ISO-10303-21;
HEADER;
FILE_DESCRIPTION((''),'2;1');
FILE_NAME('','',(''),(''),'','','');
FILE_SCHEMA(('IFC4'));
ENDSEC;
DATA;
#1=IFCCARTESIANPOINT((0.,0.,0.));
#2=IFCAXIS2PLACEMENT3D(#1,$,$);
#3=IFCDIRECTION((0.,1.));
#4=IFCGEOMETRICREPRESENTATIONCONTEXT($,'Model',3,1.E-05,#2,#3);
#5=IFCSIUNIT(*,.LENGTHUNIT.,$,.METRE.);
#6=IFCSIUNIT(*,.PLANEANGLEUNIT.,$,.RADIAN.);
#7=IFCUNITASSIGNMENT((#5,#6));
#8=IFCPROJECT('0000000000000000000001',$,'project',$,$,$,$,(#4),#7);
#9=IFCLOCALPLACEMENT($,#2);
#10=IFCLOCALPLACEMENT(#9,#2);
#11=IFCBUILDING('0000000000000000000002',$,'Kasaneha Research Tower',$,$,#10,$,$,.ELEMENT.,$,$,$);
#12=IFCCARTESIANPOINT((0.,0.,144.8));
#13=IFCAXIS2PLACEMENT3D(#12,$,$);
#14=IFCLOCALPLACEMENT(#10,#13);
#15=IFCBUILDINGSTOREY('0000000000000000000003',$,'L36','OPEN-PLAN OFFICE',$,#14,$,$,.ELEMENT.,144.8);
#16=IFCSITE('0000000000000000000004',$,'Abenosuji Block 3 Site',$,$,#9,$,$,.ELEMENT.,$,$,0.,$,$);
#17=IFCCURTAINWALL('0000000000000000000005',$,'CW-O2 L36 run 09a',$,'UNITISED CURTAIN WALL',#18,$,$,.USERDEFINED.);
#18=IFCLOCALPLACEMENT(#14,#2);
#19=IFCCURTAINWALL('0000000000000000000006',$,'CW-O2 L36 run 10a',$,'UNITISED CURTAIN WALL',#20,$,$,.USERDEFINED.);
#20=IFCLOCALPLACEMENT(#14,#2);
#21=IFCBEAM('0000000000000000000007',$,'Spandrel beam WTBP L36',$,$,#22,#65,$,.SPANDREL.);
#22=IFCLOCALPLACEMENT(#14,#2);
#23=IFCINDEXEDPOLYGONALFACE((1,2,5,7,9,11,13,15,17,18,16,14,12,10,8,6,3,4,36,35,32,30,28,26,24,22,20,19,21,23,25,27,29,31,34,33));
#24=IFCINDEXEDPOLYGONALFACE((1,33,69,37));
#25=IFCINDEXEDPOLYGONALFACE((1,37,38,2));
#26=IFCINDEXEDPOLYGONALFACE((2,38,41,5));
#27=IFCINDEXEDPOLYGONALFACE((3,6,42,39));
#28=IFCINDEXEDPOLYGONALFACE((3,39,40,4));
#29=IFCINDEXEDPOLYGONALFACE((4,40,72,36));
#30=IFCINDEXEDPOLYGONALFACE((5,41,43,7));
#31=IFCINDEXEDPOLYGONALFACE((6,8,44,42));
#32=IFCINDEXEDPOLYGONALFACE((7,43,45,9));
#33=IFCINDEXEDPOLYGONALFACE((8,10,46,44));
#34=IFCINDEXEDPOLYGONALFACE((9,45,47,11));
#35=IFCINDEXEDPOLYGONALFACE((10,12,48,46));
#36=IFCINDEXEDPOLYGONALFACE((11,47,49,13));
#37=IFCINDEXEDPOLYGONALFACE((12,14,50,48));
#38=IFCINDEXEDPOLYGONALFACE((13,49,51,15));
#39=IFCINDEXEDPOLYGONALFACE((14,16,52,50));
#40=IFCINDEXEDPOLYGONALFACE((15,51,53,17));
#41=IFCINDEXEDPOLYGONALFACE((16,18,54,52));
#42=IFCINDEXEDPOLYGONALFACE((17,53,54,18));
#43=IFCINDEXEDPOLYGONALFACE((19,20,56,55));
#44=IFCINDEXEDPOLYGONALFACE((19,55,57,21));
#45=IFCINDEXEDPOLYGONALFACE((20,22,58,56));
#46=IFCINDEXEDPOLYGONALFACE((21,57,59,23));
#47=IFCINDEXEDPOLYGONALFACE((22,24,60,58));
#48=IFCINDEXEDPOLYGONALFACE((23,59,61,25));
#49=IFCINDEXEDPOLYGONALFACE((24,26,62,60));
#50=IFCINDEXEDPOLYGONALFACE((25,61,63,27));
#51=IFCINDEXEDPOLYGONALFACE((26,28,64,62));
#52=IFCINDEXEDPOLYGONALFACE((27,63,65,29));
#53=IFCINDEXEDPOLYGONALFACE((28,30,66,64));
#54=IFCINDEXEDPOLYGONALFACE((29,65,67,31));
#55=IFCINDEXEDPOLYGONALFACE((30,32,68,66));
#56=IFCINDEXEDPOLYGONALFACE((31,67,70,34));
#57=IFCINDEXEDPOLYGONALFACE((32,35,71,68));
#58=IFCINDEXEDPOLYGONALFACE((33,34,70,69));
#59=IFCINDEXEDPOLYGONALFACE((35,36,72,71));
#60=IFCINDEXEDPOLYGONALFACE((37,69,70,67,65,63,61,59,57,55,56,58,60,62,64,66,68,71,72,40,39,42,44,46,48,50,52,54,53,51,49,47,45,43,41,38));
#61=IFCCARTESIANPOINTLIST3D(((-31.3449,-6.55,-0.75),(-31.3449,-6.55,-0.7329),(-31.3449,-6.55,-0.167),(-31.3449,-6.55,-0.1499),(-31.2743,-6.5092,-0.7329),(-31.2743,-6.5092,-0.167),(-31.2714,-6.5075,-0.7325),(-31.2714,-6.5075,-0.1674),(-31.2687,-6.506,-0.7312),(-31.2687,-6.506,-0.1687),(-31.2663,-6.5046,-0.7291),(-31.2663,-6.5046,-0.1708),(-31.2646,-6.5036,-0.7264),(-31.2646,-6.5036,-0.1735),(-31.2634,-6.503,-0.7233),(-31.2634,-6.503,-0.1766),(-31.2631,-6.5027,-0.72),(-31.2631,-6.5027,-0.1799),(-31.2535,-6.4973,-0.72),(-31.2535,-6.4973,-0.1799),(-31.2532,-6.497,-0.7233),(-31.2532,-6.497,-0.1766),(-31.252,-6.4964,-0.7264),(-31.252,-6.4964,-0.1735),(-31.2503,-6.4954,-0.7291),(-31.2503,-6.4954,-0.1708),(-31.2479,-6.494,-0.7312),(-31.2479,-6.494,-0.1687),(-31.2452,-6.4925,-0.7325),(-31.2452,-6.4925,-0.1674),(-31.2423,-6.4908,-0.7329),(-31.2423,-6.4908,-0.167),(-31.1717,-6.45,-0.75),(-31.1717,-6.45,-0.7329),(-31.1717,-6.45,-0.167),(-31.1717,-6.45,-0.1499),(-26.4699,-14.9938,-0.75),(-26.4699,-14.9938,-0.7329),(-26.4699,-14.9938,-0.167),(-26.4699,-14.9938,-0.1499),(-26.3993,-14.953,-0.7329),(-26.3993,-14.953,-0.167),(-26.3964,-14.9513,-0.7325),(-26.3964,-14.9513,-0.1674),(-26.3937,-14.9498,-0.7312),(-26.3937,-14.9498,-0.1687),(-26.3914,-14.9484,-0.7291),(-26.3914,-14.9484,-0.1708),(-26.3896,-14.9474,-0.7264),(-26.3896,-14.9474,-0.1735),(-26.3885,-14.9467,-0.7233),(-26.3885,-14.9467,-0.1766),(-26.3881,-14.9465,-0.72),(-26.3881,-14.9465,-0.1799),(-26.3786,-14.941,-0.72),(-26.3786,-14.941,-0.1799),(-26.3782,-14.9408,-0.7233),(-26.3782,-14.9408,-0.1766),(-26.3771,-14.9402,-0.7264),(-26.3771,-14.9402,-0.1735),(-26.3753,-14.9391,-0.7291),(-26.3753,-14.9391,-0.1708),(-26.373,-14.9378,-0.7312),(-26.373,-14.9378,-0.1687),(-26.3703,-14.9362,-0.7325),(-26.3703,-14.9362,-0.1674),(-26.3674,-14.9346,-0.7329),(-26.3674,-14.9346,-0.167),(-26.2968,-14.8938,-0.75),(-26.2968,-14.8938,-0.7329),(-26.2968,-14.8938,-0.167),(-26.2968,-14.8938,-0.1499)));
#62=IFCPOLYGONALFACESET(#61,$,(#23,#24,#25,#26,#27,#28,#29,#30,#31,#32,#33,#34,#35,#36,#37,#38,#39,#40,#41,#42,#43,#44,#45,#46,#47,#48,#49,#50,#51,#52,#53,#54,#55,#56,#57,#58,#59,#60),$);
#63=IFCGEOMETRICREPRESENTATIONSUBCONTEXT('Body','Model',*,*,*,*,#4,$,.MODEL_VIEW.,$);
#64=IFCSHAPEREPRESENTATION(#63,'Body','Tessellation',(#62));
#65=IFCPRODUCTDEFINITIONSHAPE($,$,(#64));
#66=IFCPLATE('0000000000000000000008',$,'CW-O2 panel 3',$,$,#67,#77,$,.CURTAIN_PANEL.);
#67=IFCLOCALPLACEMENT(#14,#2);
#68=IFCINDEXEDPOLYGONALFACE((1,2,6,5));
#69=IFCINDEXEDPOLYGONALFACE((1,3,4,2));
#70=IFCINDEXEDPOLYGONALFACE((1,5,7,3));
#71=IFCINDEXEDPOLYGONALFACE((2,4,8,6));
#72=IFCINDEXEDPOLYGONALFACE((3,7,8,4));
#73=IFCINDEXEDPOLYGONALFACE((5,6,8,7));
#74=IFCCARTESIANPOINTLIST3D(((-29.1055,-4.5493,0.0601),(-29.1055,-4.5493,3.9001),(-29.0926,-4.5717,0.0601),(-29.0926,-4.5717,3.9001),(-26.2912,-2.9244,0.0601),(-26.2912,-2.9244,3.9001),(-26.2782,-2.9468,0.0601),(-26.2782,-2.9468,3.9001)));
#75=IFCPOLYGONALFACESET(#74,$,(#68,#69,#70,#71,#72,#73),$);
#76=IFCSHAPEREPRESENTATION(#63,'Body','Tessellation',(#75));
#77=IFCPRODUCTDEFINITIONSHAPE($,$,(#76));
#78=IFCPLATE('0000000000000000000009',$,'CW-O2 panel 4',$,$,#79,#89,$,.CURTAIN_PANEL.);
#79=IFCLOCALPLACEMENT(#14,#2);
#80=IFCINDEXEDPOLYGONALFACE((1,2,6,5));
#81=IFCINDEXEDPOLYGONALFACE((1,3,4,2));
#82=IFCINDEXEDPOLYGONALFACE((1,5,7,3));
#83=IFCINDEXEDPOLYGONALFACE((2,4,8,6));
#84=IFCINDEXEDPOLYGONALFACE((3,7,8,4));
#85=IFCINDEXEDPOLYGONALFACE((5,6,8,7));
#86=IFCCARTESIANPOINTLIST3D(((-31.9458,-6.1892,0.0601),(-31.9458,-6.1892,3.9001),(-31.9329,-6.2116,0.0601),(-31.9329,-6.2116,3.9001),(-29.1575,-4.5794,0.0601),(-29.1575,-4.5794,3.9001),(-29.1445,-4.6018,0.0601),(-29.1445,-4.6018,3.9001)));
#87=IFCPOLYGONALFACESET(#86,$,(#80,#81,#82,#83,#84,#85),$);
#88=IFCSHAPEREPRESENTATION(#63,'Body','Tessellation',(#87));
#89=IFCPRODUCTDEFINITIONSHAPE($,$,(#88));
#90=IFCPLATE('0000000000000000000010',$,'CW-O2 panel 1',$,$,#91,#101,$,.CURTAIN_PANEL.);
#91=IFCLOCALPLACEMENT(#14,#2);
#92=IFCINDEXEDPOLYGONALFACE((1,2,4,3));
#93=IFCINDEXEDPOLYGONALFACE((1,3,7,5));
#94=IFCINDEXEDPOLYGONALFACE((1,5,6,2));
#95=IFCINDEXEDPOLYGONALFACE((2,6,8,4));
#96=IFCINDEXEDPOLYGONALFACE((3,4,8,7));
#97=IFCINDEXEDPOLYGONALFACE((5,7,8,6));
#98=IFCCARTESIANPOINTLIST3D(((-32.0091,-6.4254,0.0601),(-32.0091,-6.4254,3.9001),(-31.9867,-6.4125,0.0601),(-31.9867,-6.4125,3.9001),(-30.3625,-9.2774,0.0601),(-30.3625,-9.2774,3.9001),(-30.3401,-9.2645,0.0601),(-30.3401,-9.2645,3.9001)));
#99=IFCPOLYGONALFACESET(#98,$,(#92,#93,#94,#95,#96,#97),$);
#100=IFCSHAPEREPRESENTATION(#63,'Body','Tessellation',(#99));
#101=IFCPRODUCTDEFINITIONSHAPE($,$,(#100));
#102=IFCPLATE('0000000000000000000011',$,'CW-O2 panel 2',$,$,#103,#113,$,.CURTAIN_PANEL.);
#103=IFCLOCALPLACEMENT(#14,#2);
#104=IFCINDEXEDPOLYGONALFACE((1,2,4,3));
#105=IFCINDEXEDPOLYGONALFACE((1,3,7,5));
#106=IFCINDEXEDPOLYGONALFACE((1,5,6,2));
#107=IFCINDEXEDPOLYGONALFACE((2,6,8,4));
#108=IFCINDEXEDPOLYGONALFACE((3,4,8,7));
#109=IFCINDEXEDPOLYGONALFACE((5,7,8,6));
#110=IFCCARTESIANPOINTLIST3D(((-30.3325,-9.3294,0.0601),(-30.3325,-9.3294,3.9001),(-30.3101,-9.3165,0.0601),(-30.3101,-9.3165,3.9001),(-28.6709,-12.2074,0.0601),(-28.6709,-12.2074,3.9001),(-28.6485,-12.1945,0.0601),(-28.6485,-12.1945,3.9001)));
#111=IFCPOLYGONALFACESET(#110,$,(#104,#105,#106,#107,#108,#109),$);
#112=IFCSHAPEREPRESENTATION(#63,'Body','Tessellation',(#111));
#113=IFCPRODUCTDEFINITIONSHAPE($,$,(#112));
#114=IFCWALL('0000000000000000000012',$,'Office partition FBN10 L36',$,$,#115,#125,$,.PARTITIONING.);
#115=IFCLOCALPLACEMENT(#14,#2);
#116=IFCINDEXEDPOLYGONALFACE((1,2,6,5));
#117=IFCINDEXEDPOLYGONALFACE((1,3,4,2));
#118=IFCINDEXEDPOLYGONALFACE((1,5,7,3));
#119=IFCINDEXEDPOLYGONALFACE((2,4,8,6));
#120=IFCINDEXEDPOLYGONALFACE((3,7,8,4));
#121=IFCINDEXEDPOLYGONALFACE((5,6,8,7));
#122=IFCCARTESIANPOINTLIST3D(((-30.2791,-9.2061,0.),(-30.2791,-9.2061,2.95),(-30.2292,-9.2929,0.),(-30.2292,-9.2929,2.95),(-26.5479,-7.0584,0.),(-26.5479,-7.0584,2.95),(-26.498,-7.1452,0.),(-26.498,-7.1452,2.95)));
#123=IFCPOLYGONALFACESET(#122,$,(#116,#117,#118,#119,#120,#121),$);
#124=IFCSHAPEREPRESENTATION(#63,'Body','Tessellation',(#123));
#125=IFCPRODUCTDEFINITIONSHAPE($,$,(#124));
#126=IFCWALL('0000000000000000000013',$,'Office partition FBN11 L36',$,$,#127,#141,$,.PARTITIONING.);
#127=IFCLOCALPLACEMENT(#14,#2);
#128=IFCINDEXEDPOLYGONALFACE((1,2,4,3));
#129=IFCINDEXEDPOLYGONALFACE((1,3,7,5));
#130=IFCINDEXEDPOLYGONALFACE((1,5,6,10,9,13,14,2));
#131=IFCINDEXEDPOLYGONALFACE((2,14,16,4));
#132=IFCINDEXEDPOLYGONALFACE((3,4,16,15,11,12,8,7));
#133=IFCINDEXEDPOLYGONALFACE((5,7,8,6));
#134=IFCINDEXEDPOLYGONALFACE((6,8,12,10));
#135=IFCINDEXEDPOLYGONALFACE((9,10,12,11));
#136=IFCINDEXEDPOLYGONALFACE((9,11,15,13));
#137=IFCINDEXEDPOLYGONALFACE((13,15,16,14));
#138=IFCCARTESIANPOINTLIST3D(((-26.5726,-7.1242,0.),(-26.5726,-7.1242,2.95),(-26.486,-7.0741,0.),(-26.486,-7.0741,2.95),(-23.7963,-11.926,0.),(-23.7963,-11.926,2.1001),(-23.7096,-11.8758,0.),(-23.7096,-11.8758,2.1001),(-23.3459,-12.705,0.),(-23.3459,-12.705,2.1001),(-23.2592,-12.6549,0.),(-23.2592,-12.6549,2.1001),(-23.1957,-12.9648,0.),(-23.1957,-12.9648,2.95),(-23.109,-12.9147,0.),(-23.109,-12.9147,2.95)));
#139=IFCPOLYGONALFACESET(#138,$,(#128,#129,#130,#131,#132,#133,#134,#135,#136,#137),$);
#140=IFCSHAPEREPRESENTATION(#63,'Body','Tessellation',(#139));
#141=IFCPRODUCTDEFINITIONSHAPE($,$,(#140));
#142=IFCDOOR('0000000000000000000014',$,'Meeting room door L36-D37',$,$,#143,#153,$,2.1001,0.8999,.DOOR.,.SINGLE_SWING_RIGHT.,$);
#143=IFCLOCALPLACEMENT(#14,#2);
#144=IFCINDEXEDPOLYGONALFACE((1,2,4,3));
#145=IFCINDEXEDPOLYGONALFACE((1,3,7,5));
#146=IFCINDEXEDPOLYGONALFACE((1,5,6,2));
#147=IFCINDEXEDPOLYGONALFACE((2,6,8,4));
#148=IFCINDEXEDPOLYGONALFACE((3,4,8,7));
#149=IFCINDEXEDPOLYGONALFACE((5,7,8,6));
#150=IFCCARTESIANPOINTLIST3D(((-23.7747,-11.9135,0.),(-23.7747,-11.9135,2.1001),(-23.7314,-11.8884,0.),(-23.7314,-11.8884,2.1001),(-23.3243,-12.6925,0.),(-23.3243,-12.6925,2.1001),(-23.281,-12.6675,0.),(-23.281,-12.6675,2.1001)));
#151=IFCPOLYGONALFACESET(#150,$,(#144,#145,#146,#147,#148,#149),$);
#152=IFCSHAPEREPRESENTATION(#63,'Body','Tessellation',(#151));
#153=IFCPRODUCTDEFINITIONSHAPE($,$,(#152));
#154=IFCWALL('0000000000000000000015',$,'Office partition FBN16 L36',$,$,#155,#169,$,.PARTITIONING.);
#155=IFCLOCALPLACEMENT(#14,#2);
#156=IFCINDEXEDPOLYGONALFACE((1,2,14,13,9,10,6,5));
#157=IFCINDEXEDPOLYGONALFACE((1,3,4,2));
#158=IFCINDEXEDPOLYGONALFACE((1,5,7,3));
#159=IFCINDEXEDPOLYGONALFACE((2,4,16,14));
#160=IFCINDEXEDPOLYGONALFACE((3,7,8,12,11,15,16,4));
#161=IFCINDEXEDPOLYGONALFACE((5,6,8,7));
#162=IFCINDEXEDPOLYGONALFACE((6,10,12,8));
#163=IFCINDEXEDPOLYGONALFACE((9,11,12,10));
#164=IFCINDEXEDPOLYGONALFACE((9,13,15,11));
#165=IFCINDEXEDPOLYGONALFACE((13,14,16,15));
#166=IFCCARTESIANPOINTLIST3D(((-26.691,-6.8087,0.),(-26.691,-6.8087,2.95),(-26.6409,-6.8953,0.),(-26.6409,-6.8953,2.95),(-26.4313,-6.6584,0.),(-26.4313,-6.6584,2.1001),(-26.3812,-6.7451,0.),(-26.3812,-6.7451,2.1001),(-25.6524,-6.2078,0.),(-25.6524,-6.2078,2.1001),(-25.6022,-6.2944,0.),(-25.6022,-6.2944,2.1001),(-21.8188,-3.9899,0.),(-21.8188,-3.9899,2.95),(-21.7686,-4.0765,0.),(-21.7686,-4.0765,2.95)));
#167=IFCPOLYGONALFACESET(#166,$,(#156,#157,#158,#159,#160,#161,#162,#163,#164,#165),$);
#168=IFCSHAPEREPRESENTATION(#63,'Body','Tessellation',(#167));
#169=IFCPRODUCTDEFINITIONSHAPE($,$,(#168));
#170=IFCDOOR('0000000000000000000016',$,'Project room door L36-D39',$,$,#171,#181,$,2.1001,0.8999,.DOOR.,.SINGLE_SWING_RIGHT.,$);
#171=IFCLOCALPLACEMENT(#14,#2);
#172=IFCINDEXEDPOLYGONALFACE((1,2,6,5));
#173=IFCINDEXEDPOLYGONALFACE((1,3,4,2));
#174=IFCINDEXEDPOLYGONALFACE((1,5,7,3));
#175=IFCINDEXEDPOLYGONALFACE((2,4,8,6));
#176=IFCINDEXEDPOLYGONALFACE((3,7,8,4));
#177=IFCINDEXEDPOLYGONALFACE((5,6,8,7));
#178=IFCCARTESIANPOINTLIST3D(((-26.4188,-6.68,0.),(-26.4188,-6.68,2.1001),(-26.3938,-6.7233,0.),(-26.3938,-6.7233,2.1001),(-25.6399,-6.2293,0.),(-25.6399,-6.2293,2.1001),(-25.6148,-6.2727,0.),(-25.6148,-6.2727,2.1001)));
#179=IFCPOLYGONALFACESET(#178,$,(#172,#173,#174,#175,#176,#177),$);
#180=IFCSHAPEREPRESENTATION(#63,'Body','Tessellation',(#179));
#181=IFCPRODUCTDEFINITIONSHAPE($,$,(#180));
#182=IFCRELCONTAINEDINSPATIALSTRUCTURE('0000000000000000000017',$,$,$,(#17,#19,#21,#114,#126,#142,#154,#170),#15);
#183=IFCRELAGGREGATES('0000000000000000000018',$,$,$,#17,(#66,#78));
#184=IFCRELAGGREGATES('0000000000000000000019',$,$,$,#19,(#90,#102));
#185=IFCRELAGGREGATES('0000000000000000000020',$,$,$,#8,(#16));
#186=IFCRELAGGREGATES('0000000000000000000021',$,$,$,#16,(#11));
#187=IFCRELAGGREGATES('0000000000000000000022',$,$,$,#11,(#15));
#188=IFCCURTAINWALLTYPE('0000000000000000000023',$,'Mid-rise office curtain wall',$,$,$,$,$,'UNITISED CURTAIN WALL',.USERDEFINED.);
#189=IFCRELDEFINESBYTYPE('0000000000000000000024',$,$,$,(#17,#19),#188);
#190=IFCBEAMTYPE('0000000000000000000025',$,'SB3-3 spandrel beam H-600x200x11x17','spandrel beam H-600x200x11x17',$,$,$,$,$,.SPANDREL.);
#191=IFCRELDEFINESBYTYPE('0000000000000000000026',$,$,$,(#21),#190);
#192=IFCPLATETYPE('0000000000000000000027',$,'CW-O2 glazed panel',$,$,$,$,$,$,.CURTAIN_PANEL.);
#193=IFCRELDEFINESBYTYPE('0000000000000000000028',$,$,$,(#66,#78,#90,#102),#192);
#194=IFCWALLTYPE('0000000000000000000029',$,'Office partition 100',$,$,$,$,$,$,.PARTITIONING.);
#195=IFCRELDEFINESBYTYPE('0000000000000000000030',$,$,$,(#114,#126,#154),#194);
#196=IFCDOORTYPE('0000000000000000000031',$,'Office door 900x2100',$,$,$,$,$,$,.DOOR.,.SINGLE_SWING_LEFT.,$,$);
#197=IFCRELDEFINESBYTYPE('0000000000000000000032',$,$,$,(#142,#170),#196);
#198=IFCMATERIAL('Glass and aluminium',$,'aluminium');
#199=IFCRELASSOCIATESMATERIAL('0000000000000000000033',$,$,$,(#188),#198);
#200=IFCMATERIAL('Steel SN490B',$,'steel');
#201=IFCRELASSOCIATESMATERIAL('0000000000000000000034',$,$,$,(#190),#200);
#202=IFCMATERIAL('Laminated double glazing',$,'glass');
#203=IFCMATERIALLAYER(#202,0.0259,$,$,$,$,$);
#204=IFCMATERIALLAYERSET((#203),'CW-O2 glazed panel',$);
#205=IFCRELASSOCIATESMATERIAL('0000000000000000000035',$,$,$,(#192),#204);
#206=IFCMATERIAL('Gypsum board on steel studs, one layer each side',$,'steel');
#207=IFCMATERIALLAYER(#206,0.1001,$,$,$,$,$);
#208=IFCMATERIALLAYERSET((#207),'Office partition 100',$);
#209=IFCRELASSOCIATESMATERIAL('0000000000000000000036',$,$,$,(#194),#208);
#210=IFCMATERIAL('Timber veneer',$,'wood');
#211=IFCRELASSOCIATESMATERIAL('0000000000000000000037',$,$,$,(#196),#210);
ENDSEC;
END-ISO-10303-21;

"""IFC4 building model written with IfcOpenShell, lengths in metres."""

from ifc_helpers import new_model, si_unit, direction, frame, frame_2d, origin, origin_2d, place, context, subcontext, project, spatial, rectangle, i_section, extrude, material, layer, layer_set, material_profile, profile_set, type_object, element, fill, aggregate, save


model = new_model("IFC4")

# Units and contexts
model_context = context("Model", 3, precision=1e-05, world=origin(), true_north=direction((0.0, 1.0)))
body_context = subcontext(model_context, "Body", "Model", "MODEL_VIEW")
ifc_project = project(units=[si_unit("LENGTHUNIT", "METRE"), si_unit("PLANEANGLEUNIT", "RADIAN")], contexts=[model_context])

# Site, building, storey
site_placement = place(None, origin())
site = spatial("IfcSite", under=ifc_project, at=site_placement, Name="Abenosuji Block 3 Site", CompositionType="ELEMENT", RefElevation=0.0)
building_placement = place(site_placement, origin())
building = spatial("IfcBuilding", under=site, at=building_placement, Name="Kasaneha Research Tower", CompositionType="ELEMENT")
storey_placement = place(building_placement, frame((0.0, 0.0, 144.8)))
storey = spatial("IfcBuildingStorey", under=building, at=storey_placement, Name="L36", Description="OPEN-PLAN OFFICE", CompositionType="ELEMENT", Elevation=144.8)

# Curtain walls
ifc_material_1 = material(Name="Glass and aluminium", Category="aluminium")
curtain_wall_type = type_object("IfcCurtainWallType", Name="Mid-rise office curtain wall", ElementType="UNITISED CURTAIN WALL", PredefinedType="USERDEFINED", material=ifc_material_1)
curtain_wall_1_placement = place(storey_placement, origin())
curtain_wall_1 = element("IfcCurtainWall", 1, at=curtain_wall_1_placement, inside=storey, type_object=curtain_wall_type, Name="CW-O2 L36 run 09a", ObjectType="UNITISED CURTAIN WALL", PredefinedType="USERDEFINED")
curtain_wall_2_placement = place(storey_placement, origin())
curtain_wall_2 = element("IfcCurtainWall", 2, at=curtain_wall_2_placement, inside=storey, type_object=curtain_wall_type, Name="CW-O2 L36 run 10a", ObjectType="UNITISED CURTAIN WALL", PredefinedType="USERDEFINED")

# Beam
ifc_material_2 = material(Name="Steel SN490B", Category="steel")
ifc_material_profile_1 = material_profile(ifc_material_2, i_section(OverallWidth=0.2, OverallDepth=0.6001, WebThickness=0.011, FlangeThickness=0.0171, FilletRadius=0.0129, at=origin_2d()), Name="H-600x200x11x17")
ifc_profile_set_1 = profile_set([ifc_material_profile_1], Name="Steel SN490B")
beam_type_1 = type_object("IfcBeamType", Name="SB3-3 spandrel beam H-600x200x11x17", Description="spandrel beam H-600x200x11x17", PredefinedType="SPANDREL", material=ifc_profile_set_1)
beam_1_placement = place(storey_placement, frame((-31.2583, -6.5, -0.45), z_axis=(0.499996, -0.866028, 0.0), x_axis=(0.866028, 0.499996, 0.0)))
element("IfcBeam", 3, at=beam_1_placement, inside=storey, type_object=beam_type_1, Name="Spandrel beam WTBP L36", PredefinedType="SPANDREL", context=body_context, shape_type="SweptSolid", body=[
    extrude(i_section(OverallWidth=0.2, OverallDepth=0.6001, WebThickness=0.011, FlangeThickness=0.0171, FilletRadius=0.0129, at=origin_2d()), origin(), (0.0, 0.0, 1.0), 9.75),
])

# Plates
ifc_material_3 = material(Name="Laminated double glazing", Category="glass")
ifc_layer_1 = layer(ifc_material_3, 0.0259)
ifc_layer_set_1 = layer_set([ifc_layer_1], Name="CW-O2 glazed panel")
plate_type = type_object("IfcPlateType", Name="CW-O2 glazed panel", PredefinedType="CURTAIN_PANEL", material=ifc_layer_set_1)
plate_1_placement = place(storey_placement, frame((-27.6919, -3.748, 0.0601), z_axis=(0.0, 0.0, 1.0), x_axis=(-0.866025, -0.5, 0.0)))
plate_1 = element("IfcPlate", 4, at=plate_1_placement, type_object=plate_type, Name="CW-O2 panel 3", PredefinedType="CURTAIN_PANEL", context=body_context, shape_type="SweptSolid", body=[
    extrude(rectangle(XDim=3.2498, YDim=0.0259, at=origin_2d()), origin(), (0.0, 0.0, 1.0), 3.8401),
])
plate_2_placement = place(storey_placement, frame((-30.5452, -5.3955, 0.0601), z_axis=(0.0, 0.0, 1.0), x_axis=(-0.866025, -0.5, 0.0)))
plate_2 = element("IfcPlate", 5, at=plate_2_placement, type_object=plate_type, Name="CW-O2 panel 4", PredefinedType="CURTAIN_PANEL", context=body_context, shape_type="SweptSolid", body=[
    extrude(rectangle(XDim=3.2197, YDim=0.0259, at=origin_2d()), origin(), (0.0, 0.0, 1.0), 3.8401),
])
aggregate(curtain_wall_1, [plate_1, plate_2])
plate_3_placement = place(storey_placement, frame((-31.1746, -7.845, 0.0601), z_axis=(0.0, 0.0, 1.0), x_axis=(0.5, -0.866025, 0.0)))
plate_3 = element("IfcPlate", 6, at=plate_3_placement, type_object=plate_type, Name="CW-O2 panel 1", PredefinedType="CURTAIN_PANEL", context=body_context, shape_type="SweptSolid", body=[
    extrude(rectangle(XDim=3.2932, YDim=0.0259, at=origin_2d()), origin(), (0.0, 0.0, 1.0), 3.8401),
])
plate_4_placement = place(storey_placement, frame((-29.4905, -10.762, 0.0601), z_axis=(0.0, 0.0, 1.0), x_axis=(0.5, -0.866025, 0.0)))
plate_4 = element("IfcPlate", 7, at=plate_4_placement, type_object=plate_type, Name="CW-O2 panel 2", PredefinedType="CURTAIN_PANEL", context=body_context, shape_type="SweptSolid", body=[
    extrude(rectangle(XDim=3.3232, YDim=0.0259, at=origin_2d()), origin(), (0.0, 0.0, 1.0), 3.8401),
])
aggregate(curtain_wall_2, [plate_3, plate_4])

# Wall
ifc_material_4 = material(Name="Gypsum board on steel studs, one layer each side", Category="steel")
ifc_layer_2 = layer(ifc_material_4, 0.1001)
ifc_layer_set_2 = layer_set([ifc_layer_2], Name="Office partition 100")
wall_type_1 = type_object("IfcWallType", Name="Office partition 100", PredefinedType="PARTITIONING", material=ifc_layer_set_2)
wall_1_placement = place(storey_placement, frame((-30.2542, -9.2495, 0.0), z_axis=(0.0, 0.0, 1.0), x_axis=(0.866679, 0.498866, 0.0)))
element("IfcWall", 8, at=wall_1_placement, inside=storey, type_object=wall_type_1, Name="Office partition FBN10 L36", PredefinedType="PARTITIONING", context=body_context, shape_type="SweptSolid", body=[
    extrude(rectangle(XDim=4.3052, YDim=0.1001, at=frame_2d((2.1526, 0.0))), origin(), (0.0, 0.0, 1.0), 2.95),
])

# Walls, openings, doors
wall_2_placement = place(storey_placement, frame((-26.5293, -7.0991, 0.0), z_axis=(0.0, 0.0, 1.0), x_axis=(0.500544, -0.865711, 0.0)))
wall_2 = element("IfcWall", 9, at=wall_2_placement, inside=storey, type_object=wall_type_1, Name="Office partition FBN11 L36", PredefinedType="PARTITIONING", context=body_context, shape_type="SweptSolid", body=[
    extrude(rectangle(XDim=6.7466, YDim=0.1001, at=frame_2d((3.3733, 0.0))), origin(), (0.0, 0.0, 1.0), 2.95),
])
opening_1_placement = place(wall_2_placement, frame((5.5466, 0.0, 0.0)))
opening_1 = element("IfcOpeningElement", 10, at=opening_1_placement, cuts=wall_2, PredefinedType="OPENING", context=body_context, shape_type="SweptSolid", body=[
    extrude(rectangle(XDim=0.8999, YDim=2.1001, at=frame_2d((0.45, 1.05))), frame((0.0, 0.0601, 0.0), z_axis=(0.0, -1.0, 0.0), x_axis=(1.0, 0.0, 0.0)), (0.0, 0.0, 1.0), 0.1201),
])
ifc_material_5 = material(Name="Timber veneer", Category="wood")
door_type_1 = type_object("IfcDoorType", Name="Office door 900x2100", OperationType="SINGLE_SWING_LEFT", PredefinedType="DOOR", material=ifc_material_5)
door_1_placement = place(opening_1_placement, origin())
door_1 = element("IfcDoor", 11, at=door_1_placement, inside=storey, type_object=door_type_1, Name="Meeting room door L36-D37", OperationType="SINGLE_SWING_RIGHT", OverallHeight=2.1001, OverallWidth=0.8999, PredefinedType="DOOR", context=body_context, shape_type="SweptSolid", body=[
    extrude(rectangle(XDim=0.8999, YDim=2.1001, at=frame_2d((0.45, 1.05))), frame((0.0, 0.0249, 0.0), z_axis=(0.0, -1.0, 0.0), x_axis=(1.0, 0.0, 0.0)), (0.0, 0.0, 1.0), 0.05),
])
fill(opening_1, door_1)
wall_3_placement = place(storey_placement, frame((-21.7937, -4.0332, 0.0), z_axis=(0.0, 0.0, 1.0), x_axis=(-0.865578, -0.500775, 0.0)))
wall_3 = element("IfcWall", 12, at=wall_3_placement, inside=storey, type_object=wall_type_1, Name="Office partition FBN16 L36", PredefinedType="PARTITIONING", context=body_context, shape_type="SweptSolid", body=[
    extrude(rectangle(XDim=5.6289, YDim=0.1001, at=frame_2d((2.8145, 0.0))), origin(), (0.0, 0.0, 1.0), 2.95),
])
opening_2_placement = place(wall_3_placement, frame((4.429, 0.0, 0.0)))
opening_2 = element("IfcOpeningElement", 13, at=opening_2_placement, cuts=wall_3, PredefinedType="OPENING", context=body_context, shape_type="SweptSolid", body=[
    extrude(rectangle(XDim=0.8999, YDim=2.1001, at=frame_2d((0.45, 1.05))), frame((0.0, 0.0601, 0.0), z_axis=(0.0, -1.0, 0.0), x_axis=(1.0, 0.0, 0.0)), (0.0, 0.0, 1.0), 0.1201),
])
door_2_placement = place(opening_2_placement, origin())
door_2 = element("IfcDoor", 14, at=door_2_placement, inside=storey, type_object=door_type_1, Name="Project room door L36-D39", OperationType="SINGLE_SWING_RIGHT", OverallHeight=2.1001, OverallWidth=0.8999, PredefinedType="DOOR", context=body_context, shape_type="SweptSolid", body=[
    extrude(rectangle(XDim=0.8999, YDim=2.1001, at=frame_2d((0.45, 1.05))), frame((0.0, 0.0249, 0.0), z_axis=(0.0, -1.0, 0.0), x_axis=(1.0, 0.0, 0.0)), (0.0, 0.0, 1.0), 0.05),
])
fill(opening_2, door_2)

save(model, "model.ifc")
